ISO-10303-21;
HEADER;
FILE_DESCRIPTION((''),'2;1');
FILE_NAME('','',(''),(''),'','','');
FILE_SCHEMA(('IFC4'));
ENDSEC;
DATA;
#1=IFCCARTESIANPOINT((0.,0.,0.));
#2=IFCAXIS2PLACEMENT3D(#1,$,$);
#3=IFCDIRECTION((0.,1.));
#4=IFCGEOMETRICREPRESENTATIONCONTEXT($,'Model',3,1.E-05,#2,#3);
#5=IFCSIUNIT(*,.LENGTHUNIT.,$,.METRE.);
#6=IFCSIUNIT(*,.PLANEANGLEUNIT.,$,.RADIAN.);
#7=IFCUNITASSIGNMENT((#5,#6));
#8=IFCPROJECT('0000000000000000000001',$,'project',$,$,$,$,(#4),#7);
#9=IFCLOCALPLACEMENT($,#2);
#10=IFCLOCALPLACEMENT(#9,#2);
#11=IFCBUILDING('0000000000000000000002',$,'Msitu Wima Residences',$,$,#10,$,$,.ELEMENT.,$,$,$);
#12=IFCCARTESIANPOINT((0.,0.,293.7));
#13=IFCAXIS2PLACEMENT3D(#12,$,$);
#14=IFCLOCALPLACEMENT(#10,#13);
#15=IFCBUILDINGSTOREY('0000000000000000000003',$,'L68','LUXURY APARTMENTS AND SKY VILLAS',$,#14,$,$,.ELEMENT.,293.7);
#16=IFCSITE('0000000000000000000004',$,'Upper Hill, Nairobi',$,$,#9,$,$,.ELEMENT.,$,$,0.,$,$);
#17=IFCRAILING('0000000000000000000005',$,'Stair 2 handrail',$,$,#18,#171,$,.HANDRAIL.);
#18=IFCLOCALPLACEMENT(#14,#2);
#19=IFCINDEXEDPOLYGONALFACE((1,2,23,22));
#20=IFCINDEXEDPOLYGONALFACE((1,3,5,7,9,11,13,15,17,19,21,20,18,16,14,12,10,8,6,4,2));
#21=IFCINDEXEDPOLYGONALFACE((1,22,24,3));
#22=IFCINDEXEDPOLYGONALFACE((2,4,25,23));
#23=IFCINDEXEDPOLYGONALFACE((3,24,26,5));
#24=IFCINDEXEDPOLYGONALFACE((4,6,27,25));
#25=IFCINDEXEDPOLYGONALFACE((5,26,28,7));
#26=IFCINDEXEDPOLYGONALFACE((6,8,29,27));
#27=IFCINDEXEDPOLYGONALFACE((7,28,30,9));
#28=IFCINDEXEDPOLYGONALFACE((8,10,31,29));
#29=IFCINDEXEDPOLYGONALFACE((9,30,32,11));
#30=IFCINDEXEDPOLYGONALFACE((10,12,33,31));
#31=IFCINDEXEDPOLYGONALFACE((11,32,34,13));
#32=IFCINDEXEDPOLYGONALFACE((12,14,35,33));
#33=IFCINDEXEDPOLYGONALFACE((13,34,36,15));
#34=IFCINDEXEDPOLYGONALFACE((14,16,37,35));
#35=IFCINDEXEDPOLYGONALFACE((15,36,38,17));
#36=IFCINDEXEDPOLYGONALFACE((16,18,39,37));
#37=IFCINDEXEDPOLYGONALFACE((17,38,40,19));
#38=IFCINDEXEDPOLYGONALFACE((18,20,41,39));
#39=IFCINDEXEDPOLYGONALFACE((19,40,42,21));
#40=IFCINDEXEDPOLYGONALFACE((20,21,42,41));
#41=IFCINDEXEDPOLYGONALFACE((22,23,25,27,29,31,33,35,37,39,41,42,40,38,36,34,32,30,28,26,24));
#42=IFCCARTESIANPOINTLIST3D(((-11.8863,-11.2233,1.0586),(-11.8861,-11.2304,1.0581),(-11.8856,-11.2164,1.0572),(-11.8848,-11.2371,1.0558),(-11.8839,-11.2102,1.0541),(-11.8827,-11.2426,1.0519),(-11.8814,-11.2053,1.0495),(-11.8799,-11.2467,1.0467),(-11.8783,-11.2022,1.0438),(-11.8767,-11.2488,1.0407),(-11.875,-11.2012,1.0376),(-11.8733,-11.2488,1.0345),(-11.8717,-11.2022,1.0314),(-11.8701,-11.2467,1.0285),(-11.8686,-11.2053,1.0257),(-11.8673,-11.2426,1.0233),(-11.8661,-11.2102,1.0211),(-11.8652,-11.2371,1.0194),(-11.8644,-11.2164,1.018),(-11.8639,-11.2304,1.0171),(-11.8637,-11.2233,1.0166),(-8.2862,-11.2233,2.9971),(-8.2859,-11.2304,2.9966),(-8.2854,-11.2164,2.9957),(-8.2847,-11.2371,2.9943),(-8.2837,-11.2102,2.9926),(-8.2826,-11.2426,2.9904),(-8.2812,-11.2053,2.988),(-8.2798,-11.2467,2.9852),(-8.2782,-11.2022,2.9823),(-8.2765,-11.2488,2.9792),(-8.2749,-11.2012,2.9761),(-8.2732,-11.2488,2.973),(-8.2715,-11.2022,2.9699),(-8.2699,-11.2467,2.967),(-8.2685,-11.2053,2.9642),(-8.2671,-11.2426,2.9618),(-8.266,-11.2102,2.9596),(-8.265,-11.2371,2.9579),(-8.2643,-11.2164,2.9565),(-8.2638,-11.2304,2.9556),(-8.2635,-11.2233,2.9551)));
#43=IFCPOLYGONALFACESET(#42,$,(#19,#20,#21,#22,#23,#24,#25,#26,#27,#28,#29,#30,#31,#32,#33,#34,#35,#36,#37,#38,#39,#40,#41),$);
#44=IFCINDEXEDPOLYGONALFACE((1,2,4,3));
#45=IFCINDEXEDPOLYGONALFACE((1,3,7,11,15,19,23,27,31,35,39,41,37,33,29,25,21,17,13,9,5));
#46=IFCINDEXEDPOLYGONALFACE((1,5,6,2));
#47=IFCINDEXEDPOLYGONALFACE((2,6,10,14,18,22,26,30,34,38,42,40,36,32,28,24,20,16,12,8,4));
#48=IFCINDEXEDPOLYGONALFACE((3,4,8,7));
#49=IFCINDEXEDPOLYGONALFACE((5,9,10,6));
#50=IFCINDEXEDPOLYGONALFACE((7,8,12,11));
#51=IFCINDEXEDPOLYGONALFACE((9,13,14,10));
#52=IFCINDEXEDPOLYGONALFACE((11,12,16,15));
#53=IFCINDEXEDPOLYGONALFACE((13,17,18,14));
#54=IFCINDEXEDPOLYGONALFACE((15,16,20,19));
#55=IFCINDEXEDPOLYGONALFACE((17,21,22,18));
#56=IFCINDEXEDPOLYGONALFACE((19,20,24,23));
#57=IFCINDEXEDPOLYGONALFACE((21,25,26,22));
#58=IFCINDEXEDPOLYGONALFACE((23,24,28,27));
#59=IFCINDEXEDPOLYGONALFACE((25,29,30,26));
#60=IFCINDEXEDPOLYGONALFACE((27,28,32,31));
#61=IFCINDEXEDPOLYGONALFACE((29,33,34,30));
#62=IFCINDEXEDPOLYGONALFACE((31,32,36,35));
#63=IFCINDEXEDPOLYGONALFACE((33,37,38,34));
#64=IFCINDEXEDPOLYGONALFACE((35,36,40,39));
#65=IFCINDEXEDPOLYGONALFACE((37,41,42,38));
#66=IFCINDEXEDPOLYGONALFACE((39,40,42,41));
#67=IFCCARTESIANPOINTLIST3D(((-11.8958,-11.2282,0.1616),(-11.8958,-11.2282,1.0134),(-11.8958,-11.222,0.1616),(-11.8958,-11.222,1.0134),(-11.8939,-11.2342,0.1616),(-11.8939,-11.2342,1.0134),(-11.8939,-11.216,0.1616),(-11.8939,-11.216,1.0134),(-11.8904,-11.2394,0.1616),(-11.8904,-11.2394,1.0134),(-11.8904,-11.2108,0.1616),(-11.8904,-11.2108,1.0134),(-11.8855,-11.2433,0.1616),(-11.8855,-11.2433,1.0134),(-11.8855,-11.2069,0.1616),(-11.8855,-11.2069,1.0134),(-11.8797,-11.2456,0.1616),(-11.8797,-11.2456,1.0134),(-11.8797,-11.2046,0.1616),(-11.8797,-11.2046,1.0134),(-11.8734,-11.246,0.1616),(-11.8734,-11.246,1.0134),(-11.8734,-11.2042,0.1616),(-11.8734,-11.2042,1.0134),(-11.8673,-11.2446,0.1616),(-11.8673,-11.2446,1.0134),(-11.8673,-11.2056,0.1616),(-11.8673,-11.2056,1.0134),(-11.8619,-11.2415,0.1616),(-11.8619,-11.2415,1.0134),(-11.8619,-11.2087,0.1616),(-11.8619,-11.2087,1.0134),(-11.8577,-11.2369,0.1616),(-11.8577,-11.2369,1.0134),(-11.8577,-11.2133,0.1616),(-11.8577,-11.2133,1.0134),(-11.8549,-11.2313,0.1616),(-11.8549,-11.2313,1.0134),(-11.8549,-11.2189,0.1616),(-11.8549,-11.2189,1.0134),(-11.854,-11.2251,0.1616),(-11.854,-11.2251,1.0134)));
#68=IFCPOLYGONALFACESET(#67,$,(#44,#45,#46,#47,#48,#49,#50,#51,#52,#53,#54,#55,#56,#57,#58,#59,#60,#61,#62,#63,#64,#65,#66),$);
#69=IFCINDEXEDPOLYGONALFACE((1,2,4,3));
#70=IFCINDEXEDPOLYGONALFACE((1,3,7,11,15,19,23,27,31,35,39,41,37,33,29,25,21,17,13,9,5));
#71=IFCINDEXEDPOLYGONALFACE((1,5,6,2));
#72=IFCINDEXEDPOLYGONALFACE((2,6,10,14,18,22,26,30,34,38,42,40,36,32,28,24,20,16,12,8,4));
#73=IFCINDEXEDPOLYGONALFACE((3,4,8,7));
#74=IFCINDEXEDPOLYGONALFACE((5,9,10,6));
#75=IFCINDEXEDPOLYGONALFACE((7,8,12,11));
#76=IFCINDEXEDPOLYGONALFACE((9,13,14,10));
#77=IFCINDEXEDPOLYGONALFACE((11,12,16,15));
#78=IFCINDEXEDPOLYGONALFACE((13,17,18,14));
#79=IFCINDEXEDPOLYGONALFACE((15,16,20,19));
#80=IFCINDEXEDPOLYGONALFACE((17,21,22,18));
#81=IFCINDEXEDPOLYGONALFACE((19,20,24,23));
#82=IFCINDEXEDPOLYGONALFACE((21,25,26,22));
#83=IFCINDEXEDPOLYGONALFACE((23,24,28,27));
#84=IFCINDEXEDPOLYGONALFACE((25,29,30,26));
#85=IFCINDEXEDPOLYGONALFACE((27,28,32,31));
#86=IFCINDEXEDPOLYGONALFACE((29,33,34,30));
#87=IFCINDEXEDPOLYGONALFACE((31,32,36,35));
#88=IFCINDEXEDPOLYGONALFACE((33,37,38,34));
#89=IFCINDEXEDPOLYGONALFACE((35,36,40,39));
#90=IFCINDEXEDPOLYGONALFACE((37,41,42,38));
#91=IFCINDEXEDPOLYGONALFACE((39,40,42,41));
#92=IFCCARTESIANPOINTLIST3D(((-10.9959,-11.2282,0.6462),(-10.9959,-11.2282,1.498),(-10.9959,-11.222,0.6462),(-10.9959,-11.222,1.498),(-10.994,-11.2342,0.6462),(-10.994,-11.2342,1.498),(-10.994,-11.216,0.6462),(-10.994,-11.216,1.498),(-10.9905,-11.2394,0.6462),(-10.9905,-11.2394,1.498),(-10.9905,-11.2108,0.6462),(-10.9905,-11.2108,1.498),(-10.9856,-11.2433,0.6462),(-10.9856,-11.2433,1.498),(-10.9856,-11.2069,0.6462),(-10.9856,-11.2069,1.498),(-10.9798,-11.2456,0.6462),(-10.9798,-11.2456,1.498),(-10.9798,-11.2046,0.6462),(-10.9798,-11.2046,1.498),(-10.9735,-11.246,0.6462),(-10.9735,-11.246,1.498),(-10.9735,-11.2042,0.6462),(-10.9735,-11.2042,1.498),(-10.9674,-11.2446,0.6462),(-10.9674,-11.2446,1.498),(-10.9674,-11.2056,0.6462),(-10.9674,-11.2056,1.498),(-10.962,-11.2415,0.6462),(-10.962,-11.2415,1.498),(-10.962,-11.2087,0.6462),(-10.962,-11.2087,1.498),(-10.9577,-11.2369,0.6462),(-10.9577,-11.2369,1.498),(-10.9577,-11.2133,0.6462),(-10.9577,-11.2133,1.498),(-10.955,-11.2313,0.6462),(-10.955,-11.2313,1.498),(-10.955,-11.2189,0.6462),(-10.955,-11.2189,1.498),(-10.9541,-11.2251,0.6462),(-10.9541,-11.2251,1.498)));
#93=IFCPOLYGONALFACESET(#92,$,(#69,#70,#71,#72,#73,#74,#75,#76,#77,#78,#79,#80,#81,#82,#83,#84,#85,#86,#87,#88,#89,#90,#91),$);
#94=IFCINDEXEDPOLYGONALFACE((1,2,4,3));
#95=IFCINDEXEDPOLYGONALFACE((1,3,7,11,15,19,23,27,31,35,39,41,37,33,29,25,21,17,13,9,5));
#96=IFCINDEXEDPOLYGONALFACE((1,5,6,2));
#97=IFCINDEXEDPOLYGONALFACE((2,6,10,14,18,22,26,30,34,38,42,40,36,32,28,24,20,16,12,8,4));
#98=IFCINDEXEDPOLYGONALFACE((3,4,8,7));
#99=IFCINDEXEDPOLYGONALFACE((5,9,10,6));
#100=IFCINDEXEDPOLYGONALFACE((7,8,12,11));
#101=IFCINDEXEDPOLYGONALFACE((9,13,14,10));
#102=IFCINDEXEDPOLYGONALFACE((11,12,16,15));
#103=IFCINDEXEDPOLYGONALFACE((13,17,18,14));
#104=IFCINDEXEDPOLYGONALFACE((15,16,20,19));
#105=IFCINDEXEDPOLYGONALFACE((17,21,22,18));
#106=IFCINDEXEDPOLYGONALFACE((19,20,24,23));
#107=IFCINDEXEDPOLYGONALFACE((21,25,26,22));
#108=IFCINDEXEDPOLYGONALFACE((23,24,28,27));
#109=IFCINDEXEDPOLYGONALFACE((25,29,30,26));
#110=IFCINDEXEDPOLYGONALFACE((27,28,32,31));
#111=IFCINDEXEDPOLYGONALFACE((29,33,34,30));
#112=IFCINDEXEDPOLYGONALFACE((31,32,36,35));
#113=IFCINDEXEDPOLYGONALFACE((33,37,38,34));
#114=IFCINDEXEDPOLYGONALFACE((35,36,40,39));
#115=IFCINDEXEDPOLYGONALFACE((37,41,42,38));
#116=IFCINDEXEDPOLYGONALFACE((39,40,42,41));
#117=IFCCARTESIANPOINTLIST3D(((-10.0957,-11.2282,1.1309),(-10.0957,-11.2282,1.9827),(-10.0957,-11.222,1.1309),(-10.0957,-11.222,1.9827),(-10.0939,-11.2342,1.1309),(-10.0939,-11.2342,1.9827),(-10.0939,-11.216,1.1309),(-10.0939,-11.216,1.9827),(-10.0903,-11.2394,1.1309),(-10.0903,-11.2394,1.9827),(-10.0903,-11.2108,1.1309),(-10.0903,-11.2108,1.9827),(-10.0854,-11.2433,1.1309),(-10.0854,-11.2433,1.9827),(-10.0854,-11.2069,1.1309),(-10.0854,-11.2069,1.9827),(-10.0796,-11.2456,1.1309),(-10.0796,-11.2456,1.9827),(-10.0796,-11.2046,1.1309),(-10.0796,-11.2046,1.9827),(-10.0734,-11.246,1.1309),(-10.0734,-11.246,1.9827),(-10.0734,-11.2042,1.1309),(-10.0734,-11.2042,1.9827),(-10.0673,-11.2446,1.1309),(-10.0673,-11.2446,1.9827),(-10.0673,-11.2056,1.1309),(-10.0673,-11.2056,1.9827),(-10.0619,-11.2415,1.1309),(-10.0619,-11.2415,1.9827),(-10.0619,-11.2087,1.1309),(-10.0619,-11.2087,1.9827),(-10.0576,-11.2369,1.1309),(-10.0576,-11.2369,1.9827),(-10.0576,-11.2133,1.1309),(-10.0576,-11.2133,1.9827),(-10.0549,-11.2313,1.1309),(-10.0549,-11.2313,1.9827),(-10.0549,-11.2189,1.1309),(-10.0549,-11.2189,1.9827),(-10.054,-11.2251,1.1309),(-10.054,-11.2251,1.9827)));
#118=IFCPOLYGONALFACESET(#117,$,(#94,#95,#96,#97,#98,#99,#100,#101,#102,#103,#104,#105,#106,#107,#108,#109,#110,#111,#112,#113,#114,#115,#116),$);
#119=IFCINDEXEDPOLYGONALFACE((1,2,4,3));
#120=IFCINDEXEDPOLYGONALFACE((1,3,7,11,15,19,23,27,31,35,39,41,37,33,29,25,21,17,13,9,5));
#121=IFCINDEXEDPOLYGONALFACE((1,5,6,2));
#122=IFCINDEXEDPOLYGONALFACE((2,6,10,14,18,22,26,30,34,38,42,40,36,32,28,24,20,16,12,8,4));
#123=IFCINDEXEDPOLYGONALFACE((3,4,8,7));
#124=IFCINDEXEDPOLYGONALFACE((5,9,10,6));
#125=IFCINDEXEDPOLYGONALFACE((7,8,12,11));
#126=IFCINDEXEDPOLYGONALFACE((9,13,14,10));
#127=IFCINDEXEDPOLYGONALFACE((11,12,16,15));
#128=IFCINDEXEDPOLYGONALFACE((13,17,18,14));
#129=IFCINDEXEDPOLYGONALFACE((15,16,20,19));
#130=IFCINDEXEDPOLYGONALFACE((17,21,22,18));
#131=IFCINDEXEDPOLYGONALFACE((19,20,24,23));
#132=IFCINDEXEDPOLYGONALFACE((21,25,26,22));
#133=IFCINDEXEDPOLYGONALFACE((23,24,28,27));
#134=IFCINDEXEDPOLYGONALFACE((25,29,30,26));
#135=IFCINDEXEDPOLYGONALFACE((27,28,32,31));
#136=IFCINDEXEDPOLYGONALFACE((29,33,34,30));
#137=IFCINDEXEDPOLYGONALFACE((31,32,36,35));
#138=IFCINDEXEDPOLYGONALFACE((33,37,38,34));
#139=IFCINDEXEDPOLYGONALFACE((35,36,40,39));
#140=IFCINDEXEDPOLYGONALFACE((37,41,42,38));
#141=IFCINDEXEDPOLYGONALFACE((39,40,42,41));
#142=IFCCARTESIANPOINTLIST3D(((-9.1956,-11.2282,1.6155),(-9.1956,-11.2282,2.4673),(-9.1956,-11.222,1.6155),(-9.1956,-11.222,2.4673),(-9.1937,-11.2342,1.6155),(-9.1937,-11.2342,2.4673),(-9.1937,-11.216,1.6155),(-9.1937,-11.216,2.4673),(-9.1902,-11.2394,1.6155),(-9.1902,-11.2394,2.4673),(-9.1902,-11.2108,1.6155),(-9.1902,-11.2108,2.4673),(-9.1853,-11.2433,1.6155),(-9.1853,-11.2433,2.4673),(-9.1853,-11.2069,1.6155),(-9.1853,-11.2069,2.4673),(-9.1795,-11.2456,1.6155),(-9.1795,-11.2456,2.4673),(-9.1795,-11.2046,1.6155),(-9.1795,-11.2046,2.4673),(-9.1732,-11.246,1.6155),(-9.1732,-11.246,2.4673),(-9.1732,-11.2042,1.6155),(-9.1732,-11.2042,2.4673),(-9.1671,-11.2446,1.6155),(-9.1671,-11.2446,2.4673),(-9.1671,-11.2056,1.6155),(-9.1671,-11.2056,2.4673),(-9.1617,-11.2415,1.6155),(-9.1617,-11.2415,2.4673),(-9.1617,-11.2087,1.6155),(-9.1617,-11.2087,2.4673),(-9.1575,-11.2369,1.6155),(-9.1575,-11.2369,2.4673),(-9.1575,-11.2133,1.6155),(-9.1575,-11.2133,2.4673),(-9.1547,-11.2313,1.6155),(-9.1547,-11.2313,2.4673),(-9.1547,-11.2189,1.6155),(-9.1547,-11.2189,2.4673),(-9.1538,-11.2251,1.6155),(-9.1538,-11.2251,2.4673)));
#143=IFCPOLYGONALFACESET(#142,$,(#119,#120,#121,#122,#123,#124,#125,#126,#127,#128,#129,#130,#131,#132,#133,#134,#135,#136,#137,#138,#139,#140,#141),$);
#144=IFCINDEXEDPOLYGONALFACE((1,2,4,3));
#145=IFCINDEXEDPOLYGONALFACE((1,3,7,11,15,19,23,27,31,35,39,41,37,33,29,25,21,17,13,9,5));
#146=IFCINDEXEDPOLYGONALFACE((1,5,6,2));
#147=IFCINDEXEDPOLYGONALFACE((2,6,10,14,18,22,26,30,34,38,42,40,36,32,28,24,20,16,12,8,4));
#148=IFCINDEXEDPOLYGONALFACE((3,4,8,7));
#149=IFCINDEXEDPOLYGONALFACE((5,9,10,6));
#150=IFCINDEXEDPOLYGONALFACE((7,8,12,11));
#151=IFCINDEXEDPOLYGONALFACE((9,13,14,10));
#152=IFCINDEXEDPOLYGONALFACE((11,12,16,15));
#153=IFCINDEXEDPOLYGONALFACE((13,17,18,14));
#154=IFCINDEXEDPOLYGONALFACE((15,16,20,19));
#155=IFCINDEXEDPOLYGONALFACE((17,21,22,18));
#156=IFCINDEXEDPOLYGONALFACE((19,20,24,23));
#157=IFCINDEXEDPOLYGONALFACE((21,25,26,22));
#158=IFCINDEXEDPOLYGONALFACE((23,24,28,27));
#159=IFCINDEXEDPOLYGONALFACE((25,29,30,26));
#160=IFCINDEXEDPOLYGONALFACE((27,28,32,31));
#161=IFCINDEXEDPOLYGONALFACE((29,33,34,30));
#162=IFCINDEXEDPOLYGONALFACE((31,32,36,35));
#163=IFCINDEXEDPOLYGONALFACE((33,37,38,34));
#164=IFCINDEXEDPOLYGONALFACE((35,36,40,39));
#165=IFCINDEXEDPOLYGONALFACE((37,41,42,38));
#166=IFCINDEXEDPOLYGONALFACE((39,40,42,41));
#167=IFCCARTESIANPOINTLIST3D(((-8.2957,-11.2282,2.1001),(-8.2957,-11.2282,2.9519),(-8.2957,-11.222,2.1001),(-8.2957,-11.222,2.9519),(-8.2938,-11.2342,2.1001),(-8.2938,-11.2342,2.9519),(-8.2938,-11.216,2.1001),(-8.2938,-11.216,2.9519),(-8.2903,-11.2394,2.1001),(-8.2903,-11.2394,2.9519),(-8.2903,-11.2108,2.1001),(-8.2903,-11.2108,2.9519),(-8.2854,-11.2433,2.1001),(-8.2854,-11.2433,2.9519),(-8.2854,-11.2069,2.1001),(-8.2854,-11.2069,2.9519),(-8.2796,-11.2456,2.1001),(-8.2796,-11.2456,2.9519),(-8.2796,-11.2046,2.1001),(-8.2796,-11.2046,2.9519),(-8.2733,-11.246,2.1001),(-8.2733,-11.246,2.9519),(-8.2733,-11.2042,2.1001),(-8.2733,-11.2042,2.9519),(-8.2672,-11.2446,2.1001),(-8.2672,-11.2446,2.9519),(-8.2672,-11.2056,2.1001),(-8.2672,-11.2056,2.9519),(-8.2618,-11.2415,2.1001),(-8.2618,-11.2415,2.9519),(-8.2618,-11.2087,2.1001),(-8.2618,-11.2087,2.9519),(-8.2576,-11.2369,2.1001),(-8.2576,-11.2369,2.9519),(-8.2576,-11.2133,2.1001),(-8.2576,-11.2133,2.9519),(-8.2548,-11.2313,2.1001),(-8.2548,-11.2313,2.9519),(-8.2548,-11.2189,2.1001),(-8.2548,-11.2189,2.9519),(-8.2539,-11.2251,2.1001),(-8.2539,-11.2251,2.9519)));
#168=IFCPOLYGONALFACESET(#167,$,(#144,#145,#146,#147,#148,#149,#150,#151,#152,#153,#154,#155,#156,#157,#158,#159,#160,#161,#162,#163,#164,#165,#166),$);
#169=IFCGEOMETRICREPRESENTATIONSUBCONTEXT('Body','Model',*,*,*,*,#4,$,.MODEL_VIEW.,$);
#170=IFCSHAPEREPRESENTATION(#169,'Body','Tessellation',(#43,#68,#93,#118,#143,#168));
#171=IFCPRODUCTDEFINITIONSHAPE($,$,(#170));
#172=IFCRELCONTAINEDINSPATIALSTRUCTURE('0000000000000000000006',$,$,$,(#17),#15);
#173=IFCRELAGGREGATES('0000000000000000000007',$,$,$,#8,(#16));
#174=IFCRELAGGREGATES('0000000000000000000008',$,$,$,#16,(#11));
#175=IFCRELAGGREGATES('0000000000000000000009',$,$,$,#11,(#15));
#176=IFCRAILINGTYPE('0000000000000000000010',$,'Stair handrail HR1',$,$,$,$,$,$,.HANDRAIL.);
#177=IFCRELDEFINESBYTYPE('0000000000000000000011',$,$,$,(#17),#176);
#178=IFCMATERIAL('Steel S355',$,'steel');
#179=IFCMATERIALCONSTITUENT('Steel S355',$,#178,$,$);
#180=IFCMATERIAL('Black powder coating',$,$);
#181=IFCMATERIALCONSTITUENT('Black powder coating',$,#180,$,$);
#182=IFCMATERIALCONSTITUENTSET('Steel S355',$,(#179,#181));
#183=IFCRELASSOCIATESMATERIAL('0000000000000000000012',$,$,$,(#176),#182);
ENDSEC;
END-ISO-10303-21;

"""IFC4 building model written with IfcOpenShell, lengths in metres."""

from ifc_helpers import new_model, si_unit, direction, frame, origin, origin_2d, place, context, subcontext, project, spatial, circle, extrude, material, constituent, constituent_set, type_object, element, save


model = new_model("IFC4")

# Units and contexts
model_context = context("Model", 3, precision=1e-05, world=origin(), true_north=direction((0.0, 1.0)))
body_context = subcontext(model_context, "Body", "Model", "MODEL_VIEW")
ifc_project = project(units=[si_unit("LENGTHUNIT", "METRE"), si_unit("PLANEANGLEUNIT", "RADIAN")], contexts=[model_context])

# Site, building, storey
site_placement = place(None, origin())
site = spatial("IfcSite", under=ifc_project, at=site_placement, Name="Upper Hill, Nairobi", CompositionType="ELEMENT", RefElevation=0.0)
building_placement = place(site_placement, origin())
building = spatial("IfcBuilding", under=site, at=building_placement, Name="Msitu Wima Residences", CompositionType="ELEMENT")
storey_placement = place(building_placement, frame((0.0, 0.0, 293.7)))
storey = spatial("IfcBuildingStorey", under=building, at=storey_placement, Name="L68", Description="LUXURY APARTMENTS AND SKY VILLAS", CompositionType="ELEMENT", Elevation=293.7)

# Railing
ifc_material_1 = material(Name="Steel S355", Category="steel")
ifc_constituent_1 = constituent(ifc_material_1, Name="Steel S355")
ifc_material_2 = material(Name="Black powder coating")
ifc_constituent_2 = constituent(ifc_material_2, Name="Black powder coating")
ifc_constituent_set = constituent_set(constituents=[ifc_constituent_1, ifc_constituent_2], Name="Steel S355")
railing_type = type_object("IfcRailingType", Name="Stair handrail HR1", PredefinedType="HANDRAIL", material=ifc_constituent_set)
for number, where, name in (
    (1, (-11.875, -11.2251, 0.1616), "Stair 2 handrail"),
):
    element("IfcRailing", number, at=place(storey_placement, frame(where)), inside=storey, type_object=railing_type, Name=name, PredefinedType="HANDRAIL", context=body_context, shape_type="SweptSolid", body=[
        extrude(circle(Radius=0.0239, at=origin_2d()), frame((0.0, 0.0, 0.876), z_axis=(0.880475, 0.0, 0.474093), x_axis=(0.0, 1.0, 0.0)), (0.0, 0.0, 1.0), 4.0889),
        extrude(circle(Radius=0.021, at=origin_2d()), origin(), (0.0, 0.0, 1.0), 0.8518),
        extrude(circle(Radius=0.021, at=origin_2d()), frame((0.8999, 0.0, 0.4846)), (0.0, 0.0, 1.0), 0.8518),
        extrude(circle(Radius=0.021, at=origin_2d()), frame((1.8, 0.0, 0.9692)), (0.0, 0.0, 1.0), 0.8518),
        extrude(circle(Radius=0.021, at=origin_2d()), frame((2.7002, 0.0, 1.4539)), (0.0, 0.0, 1.0), 0.8518),
        extrude(circle(Radius=0.021, at=origin_2d()), frame((3.6001, 0.0, 1.9385)), (0.0, 0.0, 1.0), 0.8518),
    ])

save(model, "model.ifc")
